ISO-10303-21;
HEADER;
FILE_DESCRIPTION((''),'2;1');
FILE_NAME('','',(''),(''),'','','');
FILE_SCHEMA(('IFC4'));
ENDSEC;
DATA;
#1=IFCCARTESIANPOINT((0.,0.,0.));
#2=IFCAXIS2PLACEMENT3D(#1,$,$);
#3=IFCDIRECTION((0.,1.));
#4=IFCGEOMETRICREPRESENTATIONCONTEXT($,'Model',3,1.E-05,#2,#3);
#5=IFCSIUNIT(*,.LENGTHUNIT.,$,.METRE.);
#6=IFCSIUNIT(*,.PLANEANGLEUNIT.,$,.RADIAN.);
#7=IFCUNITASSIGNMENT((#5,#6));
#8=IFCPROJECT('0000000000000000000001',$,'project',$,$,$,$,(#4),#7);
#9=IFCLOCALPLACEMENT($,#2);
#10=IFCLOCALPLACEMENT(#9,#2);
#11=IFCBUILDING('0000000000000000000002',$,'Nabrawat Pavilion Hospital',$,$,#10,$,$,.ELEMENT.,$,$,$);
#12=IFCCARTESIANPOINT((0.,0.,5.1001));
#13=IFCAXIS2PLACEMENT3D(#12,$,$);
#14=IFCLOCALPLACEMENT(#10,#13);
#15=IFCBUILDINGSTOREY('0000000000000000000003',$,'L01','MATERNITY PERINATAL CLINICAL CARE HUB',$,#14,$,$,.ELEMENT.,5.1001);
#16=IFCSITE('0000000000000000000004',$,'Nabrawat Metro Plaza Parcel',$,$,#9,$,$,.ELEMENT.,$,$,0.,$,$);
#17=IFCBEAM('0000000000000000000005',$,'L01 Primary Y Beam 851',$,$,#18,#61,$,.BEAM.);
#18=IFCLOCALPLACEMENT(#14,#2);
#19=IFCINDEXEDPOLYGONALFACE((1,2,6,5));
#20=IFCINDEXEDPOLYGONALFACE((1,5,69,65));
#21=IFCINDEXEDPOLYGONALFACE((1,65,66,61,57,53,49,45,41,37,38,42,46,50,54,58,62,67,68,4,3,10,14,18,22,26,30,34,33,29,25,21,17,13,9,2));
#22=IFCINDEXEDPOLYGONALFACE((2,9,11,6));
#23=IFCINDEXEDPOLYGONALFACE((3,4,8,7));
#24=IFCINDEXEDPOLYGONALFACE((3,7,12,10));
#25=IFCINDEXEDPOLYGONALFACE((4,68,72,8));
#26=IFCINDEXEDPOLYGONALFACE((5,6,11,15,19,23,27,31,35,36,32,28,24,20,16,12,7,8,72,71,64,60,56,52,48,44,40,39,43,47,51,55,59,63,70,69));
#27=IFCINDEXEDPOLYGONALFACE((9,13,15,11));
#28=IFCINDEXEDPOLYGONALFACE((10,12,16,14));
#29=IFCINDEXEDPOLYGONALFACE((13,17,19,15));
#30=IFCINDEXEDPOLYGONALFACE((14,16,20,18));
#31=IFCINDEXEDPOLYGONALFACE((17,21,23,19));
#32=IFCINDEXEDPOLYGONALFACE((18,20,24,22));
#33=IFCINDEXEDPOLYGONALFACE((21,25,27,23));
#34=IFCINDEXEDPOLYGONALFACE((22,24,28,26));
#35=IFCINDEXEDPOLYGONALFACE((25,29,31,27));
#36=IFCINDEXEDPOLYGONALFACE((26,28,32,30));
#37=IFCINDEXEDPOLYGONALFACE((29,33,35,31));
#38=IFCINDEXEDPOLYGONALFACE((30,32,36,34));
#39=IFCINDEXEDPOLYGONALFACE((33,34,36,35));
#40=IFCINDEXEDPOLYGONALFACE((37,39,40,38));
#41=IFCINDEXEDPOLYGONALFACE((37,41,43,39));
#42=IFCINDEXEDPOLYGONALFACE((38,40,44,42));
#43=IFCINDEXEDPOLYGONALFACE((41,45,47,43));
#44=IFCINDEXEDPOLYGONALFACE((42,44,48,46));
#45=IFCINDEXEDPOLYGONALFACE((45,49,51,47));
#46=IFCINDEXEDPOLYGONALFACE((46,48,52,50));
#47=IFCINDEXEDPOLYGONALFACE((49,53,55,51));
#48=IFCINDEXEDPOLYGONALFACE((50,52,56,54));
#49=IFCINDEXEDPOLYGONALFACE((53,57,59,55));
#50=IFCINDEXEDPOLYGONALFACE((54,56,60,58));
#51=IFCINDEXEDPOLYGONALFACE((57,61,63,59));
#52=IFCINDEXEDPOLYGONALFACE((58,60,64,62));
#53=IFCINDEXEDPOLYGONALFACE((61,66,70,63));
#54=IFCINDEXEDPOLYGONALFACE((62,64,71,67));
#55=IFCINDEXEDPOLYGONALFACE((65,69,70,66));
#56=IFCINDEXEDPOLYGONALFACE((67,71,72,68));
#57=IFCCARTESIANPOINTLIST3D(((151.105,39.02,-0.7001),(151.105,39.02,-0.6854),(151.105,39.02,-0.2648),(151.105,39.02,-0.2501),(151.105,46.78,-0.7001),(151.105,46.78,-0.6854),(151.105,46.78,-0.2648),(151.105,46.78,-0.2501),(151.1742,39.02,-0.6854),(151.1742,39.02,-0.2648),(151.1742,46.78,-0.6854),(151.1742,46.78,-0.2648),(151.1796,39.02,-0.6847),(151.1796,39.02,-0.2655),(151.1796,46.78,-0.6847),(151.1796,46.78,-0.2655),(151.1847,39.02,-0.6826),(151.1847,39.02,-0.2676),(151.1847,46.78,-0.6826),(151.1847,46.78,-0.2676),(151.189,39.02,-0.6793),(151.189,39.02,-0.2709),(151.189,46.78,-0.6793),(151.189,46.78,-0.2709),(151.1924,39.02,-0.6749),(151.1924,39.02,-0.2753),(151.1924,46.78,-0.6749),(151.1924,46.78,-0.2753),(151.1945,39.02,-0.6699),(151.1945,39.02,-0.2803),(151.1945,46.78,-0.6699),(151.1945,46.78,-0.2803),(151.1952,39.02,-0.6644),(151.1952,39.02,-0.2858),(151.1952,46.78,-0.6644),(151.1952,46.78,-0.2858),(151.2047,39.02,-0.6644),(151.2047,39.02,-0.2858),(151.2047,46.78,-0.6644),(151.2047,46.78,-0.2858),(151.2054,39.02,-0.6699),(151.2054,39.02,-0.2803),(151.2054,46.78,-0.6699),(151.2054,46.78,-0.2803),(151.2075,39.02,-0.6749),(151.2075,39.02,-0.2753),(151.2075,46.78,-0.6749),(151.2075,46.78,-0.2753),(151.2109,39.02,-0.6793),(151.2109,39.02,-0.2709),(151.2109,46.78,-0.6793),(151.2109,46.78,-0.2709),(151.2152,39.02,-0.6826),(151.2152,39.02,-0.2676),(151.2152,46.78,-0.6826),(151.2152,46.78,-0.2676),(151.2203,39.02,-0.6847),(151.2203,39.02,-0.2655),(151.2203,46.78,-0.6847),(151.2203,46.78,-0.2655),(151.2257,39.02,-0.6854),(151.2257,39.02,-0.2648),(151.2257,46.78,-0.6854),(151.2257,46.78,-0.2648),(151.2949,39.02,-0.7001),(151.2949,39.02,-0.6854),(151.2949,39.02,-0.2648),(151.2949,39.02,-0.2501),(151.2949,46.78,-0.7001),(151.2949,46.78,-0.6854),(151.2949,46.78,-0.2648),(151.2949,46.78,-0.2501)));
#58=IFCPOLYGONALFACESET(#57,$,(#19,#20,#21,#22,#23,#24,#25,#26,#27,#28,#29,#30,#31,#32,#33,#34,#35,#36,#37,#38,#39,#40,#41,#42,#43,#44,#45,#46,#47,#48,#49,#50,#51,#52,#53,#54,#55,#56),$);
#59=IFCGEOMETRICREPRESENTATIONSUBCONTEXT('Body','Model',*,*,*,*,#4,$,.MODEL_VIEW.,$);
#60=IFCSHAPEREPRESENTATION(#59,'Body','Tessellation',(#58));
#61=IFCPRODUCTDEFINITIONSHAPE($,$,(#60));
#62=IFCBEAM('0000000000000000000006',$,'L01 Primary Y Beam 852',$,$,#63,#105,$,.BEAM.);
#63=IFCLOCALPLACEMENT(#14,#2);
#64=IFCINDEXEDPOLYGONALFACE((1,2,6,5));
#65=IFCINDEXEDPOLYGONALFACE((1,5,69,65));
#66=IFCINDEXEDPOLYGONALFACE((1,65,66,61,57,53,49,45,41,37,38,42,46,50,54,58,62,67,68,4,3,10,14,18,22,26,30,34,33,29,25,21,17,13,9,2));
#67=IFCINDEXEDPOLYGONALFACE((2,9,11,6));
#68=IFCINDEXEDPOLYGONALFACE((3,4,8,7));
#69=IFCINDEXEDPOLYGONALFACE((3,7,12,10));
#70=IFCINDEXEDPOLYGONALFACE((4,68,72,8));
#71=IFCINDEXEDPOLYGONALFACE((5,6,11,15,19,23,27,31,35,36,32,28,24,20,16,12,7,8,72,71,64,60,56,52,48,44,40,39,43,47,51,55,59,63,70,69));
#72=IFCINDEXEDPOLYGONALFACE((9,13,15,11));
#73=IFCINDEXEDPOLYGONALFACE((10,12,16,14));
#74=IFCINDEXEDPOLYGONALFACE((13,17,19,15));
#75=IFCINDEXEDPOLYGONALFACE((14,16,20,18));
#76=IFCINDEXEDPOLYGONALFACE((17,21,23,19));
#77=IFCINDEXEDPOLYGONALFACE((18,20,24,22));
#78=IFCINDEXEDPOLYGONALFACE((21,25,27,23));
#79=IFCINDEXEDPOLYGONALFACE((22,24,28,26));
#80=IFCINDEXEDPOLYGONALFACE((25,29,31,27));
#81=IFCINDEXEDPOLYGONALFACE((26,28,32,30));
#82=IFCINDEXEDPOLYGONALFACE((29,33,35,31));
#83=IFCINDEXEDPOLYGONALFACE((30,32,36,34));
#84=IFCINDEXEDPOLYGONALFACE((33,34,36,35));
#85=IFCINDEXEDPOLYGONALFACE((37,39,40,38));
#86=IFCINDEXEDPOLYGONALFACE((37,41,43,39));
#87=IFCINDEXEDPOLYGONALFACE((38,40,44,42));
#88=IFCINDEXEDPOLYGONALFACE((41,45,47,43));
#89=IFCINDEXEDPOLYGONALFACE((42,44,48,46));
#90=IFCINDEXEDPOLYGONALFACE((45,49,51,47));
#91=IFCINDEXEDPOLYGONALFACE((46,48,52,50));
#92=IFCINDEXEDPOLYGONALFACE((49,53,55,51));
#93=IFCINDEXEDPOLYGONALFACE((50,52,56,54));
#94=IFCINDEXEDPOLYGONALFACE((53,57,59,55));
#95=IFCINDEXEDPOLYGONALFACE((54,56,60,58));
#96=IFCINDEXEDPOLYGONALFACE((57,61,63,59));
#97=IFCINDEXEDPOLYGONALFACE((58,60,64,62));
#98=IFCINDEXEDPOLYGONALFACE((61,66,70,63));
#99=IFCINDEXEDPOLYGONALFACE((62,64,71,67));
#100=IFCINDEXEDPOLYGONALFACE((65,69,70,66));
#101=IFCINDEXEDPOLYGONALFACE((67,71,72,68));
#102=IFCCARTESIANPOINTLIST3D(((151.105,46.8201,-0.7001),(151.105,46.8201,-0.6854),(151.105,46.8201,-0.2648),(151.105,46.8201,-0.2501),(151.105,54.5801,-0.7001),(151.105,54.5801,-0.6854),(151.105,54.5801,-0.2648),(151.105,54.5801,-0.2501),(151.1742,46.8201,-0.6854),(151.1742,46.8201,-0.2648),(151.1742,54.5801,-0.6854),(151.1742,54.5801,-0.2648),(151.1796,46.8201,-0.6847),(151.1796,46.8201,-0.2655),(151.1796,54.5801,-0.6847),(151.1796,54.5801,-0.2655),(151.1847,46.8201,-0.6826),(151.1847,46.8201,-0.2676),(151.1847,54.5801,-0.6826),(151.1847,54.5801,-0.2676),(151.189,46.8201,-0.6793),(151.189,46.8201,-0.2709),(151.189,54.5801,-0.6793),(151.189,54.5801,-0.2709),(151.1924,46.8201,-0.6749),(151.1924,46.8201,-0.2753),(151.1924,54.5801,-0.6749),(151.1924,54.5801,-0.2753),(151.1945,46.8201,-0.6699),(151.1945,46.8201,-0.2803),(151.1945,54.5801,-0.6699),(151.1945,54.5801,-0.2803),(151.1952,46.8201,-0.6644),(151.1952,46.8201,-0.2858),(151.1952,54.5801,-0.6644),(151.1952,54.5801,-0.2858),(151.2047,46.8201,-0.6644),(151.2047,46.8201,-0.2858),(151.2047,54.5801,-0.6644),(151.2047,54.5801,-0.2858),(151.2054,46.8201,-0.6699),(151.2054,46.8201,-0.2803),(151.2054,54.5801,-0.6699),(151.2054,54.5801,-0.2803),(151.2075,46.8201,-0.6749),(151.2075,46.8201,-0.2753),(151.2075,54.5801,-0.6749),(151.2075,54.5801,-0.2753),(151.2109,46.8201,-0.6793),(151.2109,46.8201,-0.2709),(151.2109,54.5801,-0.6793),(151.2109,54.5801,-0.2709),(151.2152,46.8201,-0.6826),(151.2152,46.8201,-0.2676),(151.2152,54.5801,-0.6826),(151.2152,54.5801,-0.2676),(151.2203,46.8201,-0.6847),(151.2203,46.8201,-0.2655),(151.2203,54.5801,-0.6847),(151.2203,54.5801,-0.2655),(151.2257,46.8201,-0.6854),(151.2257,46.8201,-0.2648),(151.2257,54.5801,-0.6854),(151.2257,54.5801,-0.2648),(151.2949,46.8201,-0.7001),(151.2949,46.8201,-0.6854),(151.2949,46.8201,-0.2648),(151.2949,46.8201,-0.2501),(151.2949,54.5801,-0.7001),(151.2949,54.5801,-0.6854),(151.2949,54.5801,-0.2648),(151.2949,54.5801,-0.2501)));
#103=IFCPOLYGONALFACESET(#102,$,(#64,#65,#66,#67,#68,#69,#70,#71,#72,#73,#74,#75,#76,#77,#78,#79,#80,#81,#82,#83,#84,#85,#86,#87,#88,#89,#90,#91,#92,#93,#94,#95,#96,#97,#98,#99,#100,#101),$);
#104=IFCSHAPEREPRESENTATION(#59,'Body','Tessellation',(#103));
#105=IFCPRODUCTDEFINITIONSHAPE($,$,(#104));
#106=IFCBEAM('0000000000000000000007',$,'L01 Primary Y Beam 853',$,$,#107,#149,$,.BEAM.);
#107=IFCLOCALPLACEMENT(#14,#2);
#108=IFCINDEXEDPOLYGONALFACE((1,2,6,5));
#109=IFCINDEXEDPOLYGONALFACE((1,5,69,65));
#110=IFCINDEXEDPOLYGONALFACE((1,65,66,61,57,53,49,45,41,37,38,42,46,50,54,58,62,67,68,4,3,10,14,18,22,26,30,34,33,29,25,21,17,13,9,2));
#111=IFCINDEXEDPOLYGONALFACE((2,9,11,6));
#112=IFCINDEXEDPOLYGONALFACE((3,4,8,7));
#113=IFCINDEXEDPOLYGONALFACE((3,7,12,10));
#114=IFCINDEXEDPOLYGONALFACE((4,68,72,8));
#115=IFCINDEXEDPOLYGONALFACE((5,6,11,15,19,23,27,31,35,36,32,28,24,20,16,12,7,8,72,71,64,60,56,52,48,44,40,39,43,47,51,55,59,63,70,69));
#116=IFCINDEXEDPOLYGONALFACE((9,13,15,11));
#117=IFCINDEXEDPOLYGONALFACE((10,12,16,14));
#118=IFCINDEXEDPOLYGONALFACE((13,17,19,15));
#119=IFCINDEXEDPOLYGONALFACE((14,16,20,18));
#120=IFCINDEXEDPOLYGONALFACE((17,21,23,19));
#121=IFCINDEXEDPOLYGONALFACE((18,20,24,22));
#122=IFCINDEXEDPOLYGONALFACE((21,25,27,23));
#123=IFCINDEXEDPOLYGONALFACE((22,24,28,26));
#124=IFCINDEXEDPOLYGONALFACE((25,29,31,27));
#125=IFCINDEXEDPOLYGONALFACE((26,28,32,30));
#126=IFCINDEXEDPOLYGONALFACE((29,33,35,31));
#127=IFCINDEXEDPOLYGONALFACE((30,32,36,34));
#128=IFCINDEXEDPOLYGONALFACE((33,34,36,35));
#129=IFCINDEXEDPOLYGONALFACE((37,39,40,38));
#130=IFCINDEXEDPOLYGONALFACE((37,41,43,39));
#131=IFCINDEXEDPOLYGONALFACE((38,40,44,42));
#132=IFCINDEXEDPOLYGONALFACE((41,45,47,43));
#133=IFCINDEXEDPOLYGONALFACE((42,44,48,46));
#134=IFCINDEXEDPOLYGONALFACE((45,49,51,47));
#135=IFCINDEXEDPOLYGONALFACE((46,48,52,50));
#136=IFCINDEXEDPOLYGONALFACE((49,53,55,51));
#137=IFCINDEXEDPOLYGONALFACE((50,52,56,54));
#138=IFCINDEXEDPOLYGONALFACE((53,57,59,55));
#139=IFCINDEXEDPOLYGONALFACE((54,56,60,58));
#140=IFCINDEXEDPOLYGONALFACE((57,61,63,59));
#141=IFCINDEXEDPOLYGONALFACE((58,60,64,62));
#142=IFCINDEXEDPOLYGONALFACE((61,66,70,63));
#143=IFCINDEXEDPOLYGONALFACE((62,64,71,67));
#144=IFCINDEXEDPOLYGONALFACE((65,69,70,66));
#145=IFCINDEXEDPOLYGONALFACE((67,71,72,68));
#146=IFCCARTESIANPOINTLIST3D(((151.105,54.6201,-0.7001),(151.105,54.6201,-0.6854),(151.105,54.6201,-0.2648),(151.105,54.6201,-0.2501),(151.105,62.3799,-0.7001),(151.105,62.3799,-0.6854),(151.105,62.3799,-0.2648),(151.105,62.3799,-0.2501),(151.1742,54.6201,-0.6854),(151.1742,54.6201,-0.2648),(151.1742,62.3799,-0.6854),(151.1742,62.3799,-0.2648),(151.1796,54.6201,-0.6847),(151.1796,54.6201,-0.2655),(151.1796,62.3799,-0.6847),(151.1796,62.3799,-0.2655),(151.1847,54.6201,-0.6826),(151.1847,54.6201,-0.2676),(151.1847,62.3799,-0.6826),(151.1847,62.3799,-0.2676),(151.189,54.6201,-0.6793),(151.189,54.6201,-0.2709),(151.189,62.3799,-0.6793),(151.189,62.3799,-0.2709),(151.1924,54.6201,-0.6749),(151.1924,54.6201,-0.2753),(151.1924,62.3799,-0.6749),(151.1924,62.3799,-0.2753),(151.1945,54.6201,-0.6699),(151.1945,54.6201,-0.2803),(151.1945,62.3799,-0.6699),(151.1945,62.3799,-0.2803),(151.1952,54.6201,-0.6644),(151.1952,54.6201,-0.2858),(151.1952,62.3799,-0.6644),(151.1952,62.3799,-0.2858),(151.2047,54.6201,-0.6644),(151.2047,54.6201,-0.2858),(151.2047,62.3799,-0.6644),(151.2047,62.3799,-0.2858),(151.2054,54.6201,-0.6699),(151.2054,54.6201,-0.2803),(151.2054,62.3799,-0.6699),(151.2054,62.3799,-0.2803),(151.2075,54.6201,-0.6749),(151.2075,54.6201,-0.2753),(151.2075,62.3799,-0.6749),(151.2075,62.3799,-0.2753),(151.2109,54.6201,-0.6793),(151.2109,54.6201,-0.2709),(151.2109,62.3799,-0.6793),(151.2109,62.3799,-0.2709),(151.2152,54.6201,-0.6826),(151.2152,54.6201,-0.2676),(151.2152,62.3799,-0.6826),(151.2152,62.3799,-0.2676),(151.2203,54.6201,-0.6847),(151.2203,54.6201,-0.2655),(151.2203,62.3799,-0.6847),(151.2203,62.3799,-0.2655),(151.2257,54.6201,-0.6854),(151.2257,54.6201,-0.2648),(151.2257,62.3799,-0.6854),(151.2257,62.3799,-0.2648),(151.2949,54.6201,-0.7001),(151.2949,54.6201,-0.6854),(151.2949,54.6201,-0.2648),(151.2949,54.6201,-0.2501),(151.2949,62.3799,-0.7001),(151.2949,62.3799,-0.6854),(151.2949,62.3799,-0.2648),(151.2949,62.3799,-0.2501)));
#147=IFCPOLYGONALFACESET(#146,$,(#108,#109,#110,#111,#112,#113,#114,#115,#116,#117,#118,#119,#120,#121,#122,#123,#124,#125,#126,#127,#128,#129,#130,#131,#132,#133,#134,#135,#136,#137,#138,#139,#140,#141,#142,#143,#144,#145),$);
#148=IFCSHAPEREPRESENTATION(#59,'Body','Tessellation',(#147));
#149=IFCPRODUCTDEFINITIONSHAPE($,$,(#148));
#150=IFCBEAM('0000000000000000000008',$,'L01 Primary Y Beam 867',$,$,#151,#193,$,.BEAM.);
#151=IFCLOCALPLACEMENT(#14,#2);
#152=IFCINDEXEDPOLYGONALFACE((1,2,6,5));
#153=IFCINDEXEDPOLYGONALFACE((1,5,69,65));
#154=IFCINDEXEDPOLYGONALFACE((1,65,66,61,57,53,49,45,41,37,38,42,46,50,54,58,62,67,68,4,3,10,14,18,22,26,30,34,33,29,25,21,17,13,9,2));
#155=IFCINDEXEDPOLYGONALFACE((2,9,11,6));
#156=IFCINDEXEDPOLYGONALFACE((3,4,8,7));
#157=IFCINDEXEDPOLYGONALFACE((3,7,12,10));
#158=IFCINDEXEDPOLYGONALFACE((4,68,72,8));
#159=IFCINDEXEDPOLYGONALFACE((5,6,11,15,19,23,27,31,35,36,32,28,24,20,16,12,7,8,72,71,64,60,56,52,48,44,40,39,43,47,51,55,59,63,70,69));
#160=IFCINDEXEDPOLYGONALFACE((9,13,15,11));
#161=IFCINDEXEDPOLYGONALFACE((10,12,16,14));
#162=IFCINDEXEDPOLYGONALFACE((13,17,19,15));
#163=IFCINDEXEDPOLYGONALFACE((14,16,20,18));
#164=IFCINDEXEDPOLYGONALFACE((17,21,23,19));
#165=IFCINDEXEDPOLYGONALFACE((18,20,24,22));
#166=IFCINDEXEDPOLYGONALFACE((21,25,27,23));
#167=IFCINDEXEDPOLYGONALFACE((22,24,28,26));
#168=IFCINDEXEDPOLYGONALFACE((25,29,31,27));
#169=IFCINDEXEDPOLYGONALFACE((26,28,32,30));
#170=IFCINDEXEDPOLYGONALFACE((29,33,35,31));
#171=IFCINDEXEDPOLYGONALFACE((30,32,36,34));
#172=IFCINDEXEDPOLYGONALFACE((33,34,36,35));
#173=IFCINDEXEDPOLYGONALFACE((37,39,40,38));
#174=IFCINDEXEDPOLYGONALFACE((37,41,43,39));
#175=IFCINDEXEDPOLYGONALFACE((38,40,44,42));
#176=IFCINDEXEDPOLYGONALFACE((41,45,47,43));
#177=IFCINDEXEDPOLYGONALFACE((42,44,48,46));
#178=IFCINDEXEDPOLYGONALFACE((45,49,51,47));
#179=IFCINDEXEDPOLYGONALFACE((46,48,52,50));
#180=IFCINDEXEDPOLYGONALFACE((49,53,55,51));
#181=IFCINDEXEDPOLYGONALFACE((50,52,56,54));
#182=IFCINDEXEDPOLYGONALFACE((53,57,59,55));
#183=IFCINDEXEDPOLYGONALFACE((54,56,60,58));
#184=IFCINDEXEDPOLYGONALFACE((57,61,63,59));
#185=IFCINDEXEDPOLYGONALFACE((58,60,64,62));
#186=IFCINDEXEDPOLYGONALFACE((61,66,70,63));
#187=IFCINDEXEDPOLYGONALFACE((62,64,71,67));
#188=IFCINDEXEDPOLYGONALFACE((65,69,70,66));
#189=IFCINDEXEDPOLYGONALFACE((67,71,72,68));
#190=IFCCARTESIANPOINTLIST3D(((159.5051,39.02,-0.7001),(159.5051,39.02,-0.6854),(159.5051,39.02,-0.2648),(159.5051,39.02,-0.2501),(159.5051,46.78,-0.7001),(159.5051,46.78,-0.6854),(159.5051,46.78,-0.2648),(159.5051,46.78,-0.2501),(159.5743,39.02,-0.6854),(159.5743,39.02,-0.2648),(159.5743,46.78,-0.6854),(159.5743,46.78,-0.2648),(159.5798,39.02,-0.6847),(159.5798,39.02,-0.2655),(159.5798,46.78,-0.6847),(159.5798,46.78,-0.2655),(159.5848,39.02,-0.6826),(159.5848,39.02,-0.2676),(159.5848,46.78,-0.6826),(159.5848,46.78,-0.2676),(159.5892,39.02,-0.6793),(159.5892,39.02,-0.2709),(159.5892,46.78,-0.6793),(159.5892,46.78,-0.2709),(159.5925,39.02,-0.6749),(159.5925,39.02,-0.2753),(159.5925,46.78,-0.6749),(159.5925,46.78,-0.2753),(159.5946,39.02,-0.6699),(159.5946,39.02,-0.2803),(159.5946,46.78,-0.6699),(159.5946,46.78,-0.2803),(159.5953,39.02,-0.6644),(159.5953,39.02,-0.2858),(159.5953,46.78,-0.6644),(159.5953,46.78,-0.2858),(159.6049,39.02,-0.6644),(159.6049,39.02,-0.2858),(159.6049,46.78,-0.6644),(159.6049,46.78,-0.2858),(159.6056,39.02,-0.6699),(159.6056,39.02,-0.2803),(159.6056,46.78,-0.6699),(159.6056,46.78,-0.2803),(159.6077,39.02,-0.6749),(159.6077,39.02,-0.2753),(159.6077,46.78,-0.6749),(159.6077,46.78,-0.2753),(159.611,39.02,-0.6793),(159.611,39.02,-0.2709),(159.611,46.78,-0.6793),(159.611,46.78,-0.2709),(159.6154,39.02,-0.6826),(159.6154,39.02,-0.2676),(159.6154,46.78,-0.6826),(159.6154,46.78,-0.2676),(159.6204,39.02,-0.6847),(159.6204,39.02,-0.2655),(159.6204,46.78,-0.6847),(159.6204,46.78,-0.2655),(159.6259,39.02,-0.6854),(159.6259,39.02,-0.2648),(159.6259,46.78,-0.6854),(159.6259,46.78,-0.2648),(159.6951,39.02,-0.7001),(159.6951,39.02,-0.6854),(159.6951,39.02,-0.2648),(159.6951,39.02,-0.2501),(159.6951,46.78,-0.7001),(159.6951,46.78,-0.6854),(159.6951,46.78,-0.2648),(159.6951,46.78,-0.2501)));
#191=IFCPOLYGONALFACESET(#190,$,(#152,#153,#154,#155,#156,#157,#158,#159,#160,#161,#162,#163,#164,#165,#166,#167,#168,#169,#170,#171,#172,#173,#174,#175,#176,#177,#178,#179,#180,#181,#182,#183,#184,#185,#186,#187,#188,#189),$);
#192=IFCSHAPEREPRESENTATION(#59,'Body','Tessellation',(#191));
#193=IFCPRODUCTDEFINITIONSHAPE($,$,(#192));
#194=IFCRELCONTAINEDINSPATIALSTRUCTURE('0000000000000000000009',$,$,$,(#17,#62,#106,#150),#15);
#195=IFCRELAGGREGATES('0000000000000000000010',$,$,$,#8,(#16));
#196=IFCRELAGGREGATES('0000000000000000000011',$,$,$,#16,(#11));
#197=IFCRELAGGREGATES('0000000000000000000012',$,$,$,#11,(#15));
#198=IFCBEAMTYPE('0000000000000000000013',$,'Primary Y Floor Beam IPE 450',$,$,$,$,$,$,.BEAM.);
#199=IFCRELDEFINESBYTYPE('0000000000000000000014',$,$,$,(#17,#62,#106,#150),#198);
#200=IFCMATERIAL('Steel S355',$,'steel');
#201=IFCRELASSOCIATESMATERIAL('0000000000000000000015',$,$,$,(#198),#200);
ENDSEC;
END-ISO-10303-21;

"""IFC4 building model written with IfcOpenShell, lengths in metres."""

from ifc_helpers import new_model, si_unit, direction, frame, origin, origin_2d, place, context, subcontext, project, spatial, i_section, extrude, material, material_profile, profile_set, type_object, element, save


model = new_model("IFC4")

# Units and contexts
model_context = context("Model", 3, precision=1e-05, world=origin(), true_north=direction((0.0, 1.0)))
body_context = subcontext(model_context, "Body", "Model", "MODEL_VIEW")
ifc_project = project(units=[si_unit("LENGTHUNIT", "METRE"), si_unit("PLANEANGLEUNIT", "RADIAN")], contexts=[model_context])

# Site, building, storey
site_placement = place(None, origin())
site = spatial("IfcSite", under=ifc_project, at=site_placement, Name="Nabrawat Metro Plaza Parcel", CompositionType="ELEMENT", RefElevation=0.0)
building_placement = place(site_placement, origin())
building = spatial("IfcBuilding", under=site, at=building_placement, Name="Nabrawat Pavilion Hospital", CompositionType="ELEMENT")
storey_placement = place(building_placement, frame((0.0, 0.0, 5.1001)))
storey = spatial("IfcBuildingStorey", under=building, at=storey_placement, Name="L01", Description="MATERNITY PERINATAL CLINICAL CARE HUB", CompositionType="ELEMENT", Elevation=5.1001)

# Shared definitions
ifc_material_1 = material(Name="Steel S355", Category="steel")

# Beams
ifc_material_profile_1 = material_profile(ifc_material_1, i_section(OverallWidth=0.1899, OverallDepth=0.45, WebThickness=0.0095, FlangeThickness=0.0146, FilletRadius=0.021, at=origin_2d()), Name="IPE 450")
ifc_profile_set_1 = profile_set([ifc_material_profile_1], Name="Steel S355")
beam_type_1 = type_object("IfcBeamType", Name="Primary Y Floor Beam IPE 450", PredefinedType="BEAM", material=ifc_profile_set_1)
for number, where, z_axis, x_axis, name in (
    (1, (151.2, 39.02, -0.4751), (0.0, 1.0, 0.0), (-1.0, 0.0, 0.0), "L01 Primary Y Beam 851"),
    (2, (151.2, 46.8201, -0.4751), (0.0, 1.0, 0.0), (-1.0, 0.0, 0.0), "L01 Primary Y Beam 852"),
):
    element("IfcBeam", number, at=place(storey_placement, frame(where, z_axis=z_axis, x_axis=x_axis)), inside=storey, type_object=beam_type_1, Name=name, PredefinedType="BEAM", context=body_context, shape_type="SweptSolid", body=[
        extrude(i_section(OverallWidth=0.1899, OverallDepth=0.45, WebThickness=0.0095, FlangeThickness=0.0146, FilletRadius=0.021, at=origin_2d()), origin(), (0.0, 0.0, 1.0), 7.76),
    ])
beam_1_placement = place(storey_placement, frame((151.2, 54.6201, -0.4751), z_axis=(0.0, 1.0, 0.0), x_axis=(-1.0, 0.0, 0.0)))
element("IfcBeam", 3, at=beam_1_placement, inside=storey, type_object=beam_type_1, Name="L01 Primary Y Beam 853", PredefinedType="BEAM", context=body_context, shape_type="SweptSolid", body=[
    extrude(i_section(OverallWidth=0.1899, OverallDepth=0.45, WebThickness=0.0095, FlangeThickness=0.0146, FilletRadius=0.021, at=origin_2d()), origin(), (0.0, 0.0, 1.0), 7.7598),
])
for number, where, z_axis, x_axis, name in (
    (4, (159.6001, 39.02, -0.4751), (0.0, 1.0, 0.0), (-1.0, 0.0, 0.0), "L01 Primary Y Beam 867"),
):
    element("IfcBeam", number, at=place(storey_placement, frame(where, z_axis=z_axis, x_axis=x_axis)), inside=storey, type_object=beam_type_1, Name=name, PredefinedType="BEAM", context=body_context, shape_type="SweptSolid", body=[
        extrude(i_section(OverallWidth=0.1899, OverallDepth=0.45, WebThickness=0.0095, FlangeThickness=0.0146, FilletRadius=0.021, at=origin_2d()), origin(), (0.0, 0.0, 1.0), 7.76),
    ])

save(model, "model.ifc")
